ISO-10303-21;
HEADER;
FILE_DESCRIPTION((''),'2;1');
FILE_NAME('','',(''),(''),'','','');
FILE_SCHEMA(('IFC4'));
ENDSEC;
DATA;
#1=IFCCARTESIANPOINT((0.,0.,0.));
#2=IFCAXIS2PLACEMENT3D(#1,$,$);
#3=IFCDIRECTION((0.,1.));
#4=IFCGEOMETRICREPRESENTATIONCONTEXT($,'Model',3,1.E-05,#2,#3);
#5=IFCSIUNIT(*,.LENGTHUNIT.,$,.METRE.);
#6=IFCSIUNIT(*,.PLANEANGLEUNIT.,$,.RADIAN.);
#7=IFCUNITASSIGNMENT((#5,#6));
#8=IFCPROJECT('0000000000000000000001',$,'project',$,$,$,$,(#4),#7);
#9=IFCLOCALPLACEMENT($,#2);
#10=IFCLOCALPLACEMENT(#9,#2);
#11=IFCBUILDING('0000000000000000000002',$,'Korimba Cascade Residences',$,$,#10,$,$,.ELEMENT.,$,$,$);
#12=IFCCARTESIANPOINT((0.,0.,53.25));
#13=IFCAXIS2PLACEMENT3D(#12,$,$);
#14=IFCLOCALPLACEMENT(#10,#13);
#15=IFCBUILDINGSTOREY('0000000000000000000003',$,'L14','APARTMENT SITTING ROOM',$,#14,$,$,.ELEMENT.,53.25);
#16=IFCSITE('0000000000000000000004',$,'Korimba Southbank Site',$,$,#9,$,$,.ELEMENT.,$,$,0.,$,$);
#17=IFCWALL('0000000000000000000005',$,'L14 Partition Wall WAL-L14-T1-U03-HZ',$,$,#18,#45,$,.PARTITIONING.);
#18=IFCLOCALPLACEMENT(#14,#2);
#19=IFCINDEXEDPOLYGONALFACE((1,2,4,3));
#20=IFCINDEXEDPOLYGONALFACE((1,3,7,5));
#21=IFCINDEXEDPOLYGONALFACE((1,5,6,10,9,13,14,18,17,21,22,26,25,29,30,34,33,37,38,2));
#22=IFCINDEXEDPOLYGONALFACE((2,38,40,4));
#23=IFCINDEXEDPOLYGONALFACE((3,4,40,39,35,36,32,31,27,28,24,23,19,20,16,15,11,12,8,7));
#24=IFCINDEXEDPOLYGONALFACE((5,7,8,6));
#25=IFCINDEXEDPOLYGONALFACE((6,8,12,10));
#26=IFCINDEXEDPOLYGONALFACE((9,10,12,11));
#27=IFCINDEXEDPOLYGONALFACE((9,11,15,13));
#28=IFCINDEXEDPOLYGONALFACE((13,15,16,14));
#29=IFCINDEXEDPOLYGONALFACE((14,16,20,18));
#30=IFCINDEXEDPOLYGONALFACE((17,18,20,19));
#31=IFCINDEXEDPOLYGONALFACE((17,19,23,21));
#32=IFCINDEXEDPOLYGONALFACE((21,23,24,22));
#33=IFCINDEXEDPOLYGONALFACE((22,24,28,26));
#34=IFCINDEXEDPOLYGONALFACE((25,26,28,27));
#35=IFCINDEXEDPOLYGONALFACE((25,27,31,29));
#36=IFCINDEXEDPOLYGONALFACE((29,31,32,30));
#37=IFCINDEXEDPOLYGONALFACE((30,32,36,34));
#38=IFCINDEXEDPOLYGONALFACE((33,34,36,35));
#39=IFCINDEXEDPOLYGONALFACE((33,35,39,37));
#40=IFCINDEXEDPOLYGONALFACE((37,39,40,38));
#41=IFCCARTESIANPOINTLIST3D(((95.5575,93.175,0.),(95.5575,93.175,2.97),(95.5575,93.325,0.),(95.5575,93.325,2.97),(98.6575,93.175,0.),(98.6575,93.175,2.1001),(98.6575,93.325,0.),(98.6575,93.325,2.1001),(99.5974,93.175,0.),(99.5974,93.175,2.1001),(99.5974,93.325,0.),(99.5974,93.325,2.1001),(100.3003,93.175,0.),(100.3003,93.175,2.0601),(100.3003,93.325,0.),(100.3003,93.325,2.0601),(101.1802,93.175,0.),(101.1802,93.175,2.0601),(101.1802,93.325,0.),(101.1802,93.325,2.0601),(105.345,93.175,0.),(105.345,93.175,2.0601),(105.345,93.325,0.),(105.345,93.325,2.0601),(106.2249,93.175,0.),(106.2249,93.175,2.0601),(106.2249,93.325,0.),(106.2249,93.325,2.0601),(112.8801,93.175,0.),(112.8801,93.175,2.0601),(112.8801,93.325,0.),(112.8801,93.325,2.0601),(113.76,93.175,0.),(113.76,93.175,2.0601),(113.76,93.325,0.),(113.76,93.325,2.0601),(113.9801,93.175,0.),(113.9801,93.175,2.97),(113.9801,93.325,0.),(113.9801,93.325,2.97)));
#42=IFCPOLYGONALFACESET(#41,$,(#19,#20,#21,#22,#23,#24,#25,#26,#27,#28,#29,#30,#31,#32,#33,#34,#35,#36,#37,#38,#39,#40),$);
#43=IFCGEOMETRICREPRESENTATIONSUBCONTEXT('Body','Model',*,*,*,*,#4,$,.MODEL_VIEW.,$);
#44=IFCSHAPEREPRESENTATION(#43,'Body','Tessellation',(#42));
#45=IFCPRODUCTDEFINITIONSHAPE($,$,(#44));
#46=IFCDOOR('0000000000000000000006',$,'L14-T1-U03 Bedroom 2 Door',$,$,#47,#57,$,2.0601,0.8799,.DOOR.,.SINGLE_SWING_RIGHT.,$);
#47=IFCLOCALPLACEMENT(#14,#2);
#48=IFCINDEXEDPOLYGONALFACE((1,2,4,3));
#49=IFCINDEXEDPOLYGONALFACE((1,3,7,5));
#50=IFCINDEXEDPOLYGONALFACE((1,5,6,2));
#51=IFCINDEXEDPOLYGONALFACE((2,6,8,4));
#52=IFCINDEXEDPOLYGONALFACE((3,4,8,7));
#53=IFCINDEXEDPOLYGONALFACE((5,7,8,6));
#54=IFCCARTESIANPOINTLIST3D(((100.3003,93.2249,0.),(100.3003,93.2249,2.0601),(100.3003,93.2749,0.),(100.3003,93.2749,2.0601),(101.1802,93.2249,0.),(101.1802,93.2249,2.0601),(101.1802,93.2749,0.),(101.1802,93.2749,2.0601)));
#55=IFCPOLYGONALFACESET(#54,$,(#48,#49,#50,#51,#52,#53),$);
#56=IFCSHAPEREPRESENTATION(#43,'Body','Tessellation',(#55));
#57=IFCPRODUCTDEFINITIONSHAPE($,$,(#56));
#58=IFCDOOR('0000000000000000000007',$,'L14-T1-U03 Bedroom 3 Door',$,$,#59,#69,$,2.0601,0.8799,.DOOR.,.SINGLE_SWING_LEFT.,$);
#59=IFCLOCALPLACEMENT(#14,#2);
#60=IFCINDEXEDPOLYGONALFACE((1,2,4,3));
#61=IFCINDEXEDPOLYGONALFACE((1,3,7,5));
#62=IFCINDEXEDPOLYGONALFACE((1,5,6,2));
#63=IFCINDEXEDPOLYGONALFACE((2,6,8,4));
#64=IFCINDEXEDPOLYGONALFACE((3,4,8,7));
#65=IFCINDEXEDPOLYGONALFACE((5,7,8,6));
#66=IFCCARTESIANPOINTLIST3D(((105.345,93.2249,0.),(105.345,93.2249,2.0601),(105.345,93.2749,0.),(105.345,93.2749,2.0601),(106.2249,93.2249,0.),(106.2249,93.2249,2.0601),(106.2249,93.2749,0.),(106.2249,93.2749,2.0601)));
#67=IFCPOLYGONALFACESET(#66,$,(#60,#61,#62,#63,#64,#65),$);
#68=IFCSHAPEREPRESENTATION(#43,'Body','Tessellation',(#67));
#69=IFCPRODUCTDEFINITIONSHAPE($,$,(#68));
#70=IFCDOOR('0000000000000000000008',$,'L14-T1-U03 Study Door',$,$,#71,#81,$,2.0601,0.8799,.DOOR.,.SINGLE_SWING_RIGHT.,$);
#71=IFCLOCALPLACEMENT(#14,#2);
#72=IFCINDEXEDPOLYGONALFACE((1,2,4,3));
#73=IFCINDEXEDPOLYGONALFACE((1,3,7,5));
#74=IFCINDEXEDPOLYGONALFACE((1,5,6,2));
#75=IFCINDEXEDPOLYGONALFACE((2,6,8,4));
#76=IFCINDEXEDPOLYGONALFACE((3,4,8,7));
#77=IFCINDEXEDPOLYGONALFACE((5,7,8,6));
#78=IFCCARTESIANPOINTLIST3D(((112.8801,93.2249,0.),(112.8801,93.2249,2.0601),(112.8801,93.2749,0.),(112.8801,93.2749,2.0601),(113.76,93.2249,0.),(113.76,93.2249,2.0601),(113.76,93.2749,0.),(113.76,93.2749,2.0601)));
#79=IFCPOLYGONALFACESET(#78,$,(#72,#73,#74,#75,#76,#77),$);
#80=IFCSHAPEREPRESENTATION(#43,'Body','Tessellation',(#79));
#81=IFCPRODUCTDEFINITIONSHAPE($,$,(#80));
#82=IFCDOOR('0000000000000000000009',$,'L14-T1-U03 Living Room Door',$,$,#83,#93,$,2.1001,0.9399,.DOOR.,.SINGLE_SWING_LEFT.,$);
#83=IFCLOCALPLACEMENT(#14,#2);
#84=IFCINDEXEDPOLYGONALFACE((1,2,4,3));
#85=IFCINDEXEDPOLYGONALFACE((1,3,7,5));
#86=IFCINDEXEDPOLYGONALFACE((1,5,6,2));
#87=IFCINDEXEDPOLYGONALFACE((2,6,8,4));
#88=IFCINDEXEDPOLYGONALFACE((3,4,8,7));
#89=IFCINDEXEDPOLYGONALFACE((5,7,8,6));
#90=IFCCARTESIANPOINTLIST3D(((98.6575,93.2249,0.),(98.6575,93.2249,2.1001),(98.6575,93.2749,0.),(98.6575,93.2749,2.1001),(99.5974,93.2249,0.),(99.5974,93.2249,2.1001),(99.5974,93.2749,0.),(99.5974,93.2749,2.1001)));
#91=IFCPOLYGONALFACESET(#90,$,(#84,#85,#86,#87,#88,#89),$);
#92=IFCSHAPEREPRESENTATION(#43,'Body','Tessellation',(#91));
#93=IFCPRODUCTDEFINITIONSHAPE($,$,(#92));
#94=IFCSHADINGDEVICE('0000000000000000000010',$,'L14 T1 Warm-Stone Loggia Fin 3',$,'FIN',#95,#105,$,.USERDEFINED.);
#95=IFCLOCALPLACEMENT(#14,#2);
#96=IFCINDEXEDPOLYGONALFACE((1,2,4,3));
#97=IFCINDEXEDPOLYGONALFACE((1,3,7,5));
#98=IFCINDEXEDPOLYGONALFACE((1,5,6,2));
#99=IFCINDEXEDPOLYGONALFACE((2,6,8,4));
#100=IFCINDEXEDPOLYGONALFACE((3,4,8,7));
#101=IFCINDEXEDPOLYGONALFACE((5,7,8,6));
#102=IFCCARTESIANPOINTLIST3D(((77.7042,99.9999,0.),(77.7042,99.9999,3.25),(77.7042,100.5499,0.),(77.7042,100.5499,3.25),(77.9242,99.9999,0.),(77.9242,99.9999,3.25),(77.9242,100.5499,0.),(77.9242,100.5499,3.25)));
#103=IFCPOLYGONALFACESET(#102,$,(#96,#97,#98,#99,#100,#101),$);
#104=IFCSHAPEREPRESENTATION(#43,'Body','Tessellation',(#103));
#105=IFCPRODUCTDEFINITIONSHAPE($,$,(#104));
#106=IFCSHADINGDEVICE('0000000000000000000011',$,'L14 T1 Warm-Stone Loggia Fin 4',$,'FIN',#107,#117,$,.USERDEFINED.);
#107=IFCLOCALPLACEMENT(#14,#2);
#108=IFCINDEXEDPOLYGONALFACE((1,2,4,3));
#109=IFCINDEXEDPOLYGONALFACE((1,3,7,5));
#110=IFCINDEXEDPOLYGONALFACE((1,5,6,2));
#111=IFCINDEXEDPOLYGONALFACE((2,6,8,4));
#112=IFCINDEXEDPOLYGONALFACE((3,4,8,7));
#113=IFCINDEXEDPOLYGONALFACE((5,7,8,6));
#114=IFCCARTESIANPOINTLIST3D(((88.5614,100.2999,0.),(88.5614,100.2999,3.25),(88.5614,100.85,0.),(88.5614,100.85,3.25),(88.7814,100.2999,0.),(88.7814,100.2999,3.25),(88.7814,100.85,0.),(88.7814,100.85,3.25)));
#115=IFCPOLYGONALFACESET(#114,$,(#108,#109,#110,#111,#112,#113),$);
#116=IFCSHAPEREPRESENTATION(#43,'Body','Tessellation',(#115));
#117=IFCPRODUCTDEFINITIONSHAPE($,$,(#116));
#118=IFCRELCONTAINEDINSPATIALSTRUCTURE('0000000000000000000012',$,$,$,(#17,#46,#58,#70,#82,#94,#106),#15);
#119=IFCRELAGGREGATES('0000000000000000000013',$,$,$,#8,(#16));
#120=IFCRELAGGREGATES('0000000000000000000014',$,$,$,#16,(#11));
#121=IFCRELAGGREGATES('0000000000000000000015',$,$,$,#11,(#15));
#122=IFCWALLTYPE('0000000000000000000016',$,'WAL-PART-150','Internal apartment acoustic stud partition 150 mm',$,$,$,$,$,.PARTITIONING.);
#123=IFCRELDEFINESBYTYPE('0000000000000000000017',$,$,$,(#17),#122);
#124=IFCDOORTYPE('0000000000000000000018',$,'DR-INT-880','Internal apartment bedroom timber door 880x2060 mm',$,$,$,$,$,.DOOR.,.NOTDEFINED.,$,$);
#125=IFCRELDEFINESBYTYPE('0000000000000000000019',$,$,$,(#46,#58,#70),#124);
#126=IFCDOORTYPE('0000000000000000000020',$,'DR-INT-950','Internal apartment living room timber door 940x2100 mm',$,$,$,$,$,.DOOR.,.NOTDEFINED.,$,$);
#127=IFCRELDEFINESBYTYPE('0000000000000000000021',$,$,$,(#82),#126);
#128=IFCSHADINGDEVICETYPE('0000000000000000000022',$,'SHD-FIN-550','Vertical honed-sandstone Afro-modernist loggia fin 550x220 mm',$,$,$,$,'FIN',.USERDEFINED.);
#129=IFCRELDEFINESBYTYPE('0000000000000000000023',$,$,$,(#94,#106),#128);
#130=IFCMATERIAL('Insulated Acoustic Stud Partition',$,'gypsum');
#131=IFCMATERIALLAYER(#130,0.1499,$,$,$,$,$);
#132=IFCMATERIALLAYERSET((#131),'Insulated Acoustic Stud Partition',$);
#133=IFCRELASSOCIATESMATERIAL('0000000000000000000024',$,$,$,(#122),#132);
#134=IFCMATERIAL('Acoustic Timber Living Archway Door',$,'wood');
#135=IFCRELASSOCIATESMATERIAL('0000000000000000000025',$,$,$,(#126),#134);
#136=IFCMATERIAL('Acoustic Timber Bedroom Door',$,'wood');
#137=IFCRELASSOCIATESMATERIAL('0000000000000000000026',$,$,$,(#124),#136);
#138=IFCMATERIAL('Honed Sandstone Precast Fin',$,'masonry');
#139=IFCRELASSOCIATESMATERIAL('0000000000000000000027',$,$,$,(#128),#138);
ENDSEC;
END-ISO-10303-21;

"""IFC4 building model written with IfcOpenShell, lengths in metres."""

from ifc_helpers import new_model, si_unit, direction, frame, frame_2d, origin, origin_2d, place, context, subcontext, project, spatial, rectangle, extrude, material, layer, layer_set, type_object, element, fill, save


model = new_model("IFC4")

# Units and contexts
model_context = context("Model", 3, precision=1e-05, world=origin(), true_north=direction((0.0, 1.0)))
body_context = subcontext(model_context, "Body", "Model", "MODEL_VIEW")
ifc_project = project(units=[si_unit("LENGTHUNIT", "METRE"), si_unit("PLANEANGLEUNIT", "RADIAN")], contexts=[model_context])

# Site, building, storey
site_placement = place(None, origin())
site = spatial("IfcSite", under=ifc_project, at=site_placement, Name="Korimba Southbank Site", CompositionType="ELEMENT", RefElevation=0.0)
building_placement = place(site_placement, origin())
building = spatial("IfcBuilding", under=site, at=building_placement, Name="Korimba Cascade Residences", CompositionType="ELEMENT")
storey_placement = place(building_placement, frame((0.0, 0.0, 53.25)))
storey = spatial("IfcBuildingStorey", under=building, at=storey_placement, Name="L14", Description="APARTMENT SITTING ROOM", CompositionType="ELEMENT", Elevation=53.25)

# Shared definitions
ifc_material_1 = material(Name="Insulated Acoustic Stud Partition", Category="gypsum")
ifc_layer = layer(ifc_material_1, 0.1499)
ifc_layer_set = layer_set([ifc_layer], Name="Insulated Acoustic Stud Partition")
wall_type = type_object("IfcWallType", Name="WAL-PART-150", Description="Internal apartment acoustic stud partition 150 mm", PredefinedType="PARTITIONING", material=ifc_layer_set)

# Shared definitions
ifc_material_2 = material(Name="Acoustic Timber Living Archway Door", Category="wood")
door_type_1 = type_object("IfcDoorType", Name="DR-INT-950", Description="Internal apartment living room timber door 940x2100 mm", OperationType="NOTDEFINED", PredefinedType="DOOR", material=ifc_material_2)

# Wall, openings, doors
wall_1_placement = place(storey_placement, frame((95.5574, 93.25, 0.0), z_axis=(0.0, 0.0, 1.0), x_axis=(1.0, 0.0, 0.0)))
wall_1 = element("IfcWall", 1, at=wall_1_placement, inside=storey, type_object=wall_type, Name="L14 Partition Wall WAL-L14-T1-U03-HZ", PredefinedType="PARTITIONING", context=body_context, shape_type="SweptSolid", body=[
    extrude(rectangle(XDim=18.4226, YDim=0.1499, at=frame_2d((9.2114, 0.0))), origin(), (0.0, 0.0, 1.0), 2.97),
])
opening_1_placement = place(wall_1_placement, frame((3.1001, 0.0, 0.0)))
opening_1 = element("IfcOpeningElement", 2, at=opening_1_placement, cuts=wall_1, PredefinedType="OPENING", context=body_context, shape_type="SweptSolid", body=[
    extrude(rectangle(XDim=0.9399, YDim=2.1001, at=frame_2d((0.47, 1.05))), frame((0.0, 0.085, 0.0), z_axis=(0.0, -1.0, 0.0), x_axis=(1.0, 0.0, 0.0)), (0.0, 0.0, 1.0), 0.1699),
])
opening_2_placement = place(wall_1_placement, frame((4.7429, 0.0, 0.0)))
opening_2 = element("IfcOpeningElement", 3, at=opening_2_placement, cuts=wall_1, PredefinedType="OPENING", context=body_context, shape_type="SweptSolid", body=[
    extrude(rectangle(XDim=0.8799, YDim=2.0601, at=frame_2d((0.4399, 1.03))), frame((0.0, 0.085, 0.0), z_axis=(0.0, -1.0, 0.0), x_axis=(1.0, 0.0, 0.0)), (0.0, 0.0, 1.0), 0.1699),
])
opening_3_placement = place(wall_1_placement, frame((9.7876, 0.0, 0.0)))
opening_3 = element("IfcOpeningElement", 4, at=opening_3_placement, cuts=wall_1, PredefinedType="OPENING", context=body_context, shape_type="SweptSolid", body=[
    extrude(rectangle(XDim=0.8799, YDim=2.0601, at=frame_2d((0.4399, 1.03))), frame((0.0, 0.085, 0.0), z_axis=(0.0, -1.0, 0.0), x_axis=(1.0, 0.0, 0.0)), (0.0, 0.0, 1.0), 0.1699),
])
opening_4_placement = place(wall_1_placement, frame((17.3228, 0.0, 0.0)))
opening_4 = element("IfcOpeningElement", 5, at=opening_4_placement, cuts=wall_1, PredefinedType="OPENING", context=body_context, shape_type="SweptSolid", body=[
    extrude(rectangle(XDim=0.8799, YDim=2.0601, at=frame_2d((0.4399, 1.03))), frame((0.0, 0.085, 0.0), z_axis=(0.0, -1.0, 0.0), x_axis=(1.0, 0.0, 0.0)), (0.0, 0.0, 1.0), 0.1699),
])
ifc_material_3 = material(Name="Acoustic Timber Bedroom Door", Category="wood")
door_type_2 = type_object("IfcDoorType", Name="DR-INT-880", Description="Internal apartment bedroom timber door 880x2060 mm", OperationType="NOTDEFINED", PredefinedType="DOOR", material=ifc_material_3)
door_1_placement = place(opening_2_placement, origin())
door_1 = element("IfcDoor", 6, at=door_1_placement, inside=storey, type_object=door_type_2, Name="L14-T1-U03 Bedroom 2 Door", OperationType="SINGLE_SWING_RIGHT", OverallHeight=2.0601, OverallWidth=0.8799, PredefinedType="DOOR", context=body_context, shape_type="SweptSolid", body=[
    extrude(rectangle(XDim=0.8799, YDim=2.0601, at=frame_2d((0.4399, 1.03))), frame((0.0, 0.0249, 0.0), z_axis=(0.0, -1.0, 0.0), x_axis=(1.0, 0.0, 0.0)), (0.0, 0.0, 1.0), 0.05),
])
fill(opening_2, door_1)
door_2_placement = place(opening_3_placement, origin())
door_2 = element("IfcDoor", 7, at=door_2_placement, inside=storey, type_object=door_type_2, Name="L14-T1-U03 Bedroom 3 Door", OperationType="SINGLE_SWING_LEFT", OverallHeight=2.0601, OverallWidth=0.8799, PredefinedType="DOOR", context=body_context, shape_type="SweptSolid", body=[
    extrude(rectangle(XDim=0.8799, YDim=2.0601, at=frame_2d((0.4399, 1.03))), frame((0.0, 0.0249, 0.0), z_axis=(0.0, -1.0, 0.0), x_axis=(1.0, 0.0, 0.0)), (0.0, 0.0, 1.0), 0.05),
])
fill(opening_3, door_2)
door_3_placement = place(opening_4_placement, origin())
door_3 = element("IfcDoor", 8, at=door_3_placement, inside=storey, type_object=door_type_2, Name="L14-T1-U03 Study Door", OperationType="SINGLE_SWING_RIGHT", OverallHeight=2.0601, OverallWidth=0.8799, PredefinedType="DOOR", context=body_context, shape_type="SweptSolid", body=[
    extrude(rectangle(XDim=0.8799, YDim=2.0601, at=frame_2d((0.4399, 1.03))), frame((0.0, 0.0249, 0.0), z_axis=(0.0, -1.0, 0.0), x_axis=(1.0, 0.0, 0.0)), (0.0, 0.0, 1.0), 0.05),
])
fill(opening_4, door_3)
door_4_placement = place(opening_1_placement, origin())
door_4 = element("IfcDoor", 9, at=door_4_placement, inside=storey, type_object=door_type_1, Name="L14-T1-U03 Living Room Door", OperationType="SINGLE_SWING_LEFT", OverallHeight=2.1001, OverallWidth=0.9399, PredefinedType="DOOR", context=body_context, shape_type="SweptSolid", body=[
    extrude(rectangle(XDim=0.9399, YDim=2.1001, at=frame_2d((0.47, 1.05))), frame((0.0, 0.0249, 0.0), z_axis=(0.0, -1.0, 0.0), x_axis=(1.0, 0.0, 0.0)), (0.0, 0.0, 1.0), 0.05),
])
fill(opening_1, door_4)

# Shading devices
ifc_material_4 = material(Name="Honed Sandstone Precast Fin", Category="masonry")
shading_device_type = type_object("IfcShadingDeviceType", Name="SHD-FIN-550", Description="Vertical honed-sandstone Afro-modernist loggia fin 550x220 mm", ElementType="FIN", PredefinedType="USERDEFINED", material=ifc_material_4)
for number, where, z_axis, x_axis, name in (
    (10, (77.8142, 100.2749, 0.0), (0.0, 0.0, 1.0), (1.0, 0.0, 0.0), "L14 T1 Warm-Stone Loggia Fin 3"),
    (11, (88.6714, 100.575, 0.0), (0.0, 0.0, 1.0), (1.0, 0.0, 0.0), "L14 T1 Warm-Stone Loggia Fin 4"),
):
    element("IfcShadingDevice", number, at=place(storey_placement, frame(where, z_axis=z_axis, x_axis=x_axis)), inside=storey, type_object=shading_device_type, Name=name, ObjectType="FIN", PredefinedType="USERDEFINED", context=body_context, shape_type="SweptSolid", body=[
        extrude(rectangle(XDim=0.22, YDim=0.55, at=origin_2d()), origin(), (0.0, 0.0, 1.0), 3.25),
    ])

save(model, "model.ifc")
